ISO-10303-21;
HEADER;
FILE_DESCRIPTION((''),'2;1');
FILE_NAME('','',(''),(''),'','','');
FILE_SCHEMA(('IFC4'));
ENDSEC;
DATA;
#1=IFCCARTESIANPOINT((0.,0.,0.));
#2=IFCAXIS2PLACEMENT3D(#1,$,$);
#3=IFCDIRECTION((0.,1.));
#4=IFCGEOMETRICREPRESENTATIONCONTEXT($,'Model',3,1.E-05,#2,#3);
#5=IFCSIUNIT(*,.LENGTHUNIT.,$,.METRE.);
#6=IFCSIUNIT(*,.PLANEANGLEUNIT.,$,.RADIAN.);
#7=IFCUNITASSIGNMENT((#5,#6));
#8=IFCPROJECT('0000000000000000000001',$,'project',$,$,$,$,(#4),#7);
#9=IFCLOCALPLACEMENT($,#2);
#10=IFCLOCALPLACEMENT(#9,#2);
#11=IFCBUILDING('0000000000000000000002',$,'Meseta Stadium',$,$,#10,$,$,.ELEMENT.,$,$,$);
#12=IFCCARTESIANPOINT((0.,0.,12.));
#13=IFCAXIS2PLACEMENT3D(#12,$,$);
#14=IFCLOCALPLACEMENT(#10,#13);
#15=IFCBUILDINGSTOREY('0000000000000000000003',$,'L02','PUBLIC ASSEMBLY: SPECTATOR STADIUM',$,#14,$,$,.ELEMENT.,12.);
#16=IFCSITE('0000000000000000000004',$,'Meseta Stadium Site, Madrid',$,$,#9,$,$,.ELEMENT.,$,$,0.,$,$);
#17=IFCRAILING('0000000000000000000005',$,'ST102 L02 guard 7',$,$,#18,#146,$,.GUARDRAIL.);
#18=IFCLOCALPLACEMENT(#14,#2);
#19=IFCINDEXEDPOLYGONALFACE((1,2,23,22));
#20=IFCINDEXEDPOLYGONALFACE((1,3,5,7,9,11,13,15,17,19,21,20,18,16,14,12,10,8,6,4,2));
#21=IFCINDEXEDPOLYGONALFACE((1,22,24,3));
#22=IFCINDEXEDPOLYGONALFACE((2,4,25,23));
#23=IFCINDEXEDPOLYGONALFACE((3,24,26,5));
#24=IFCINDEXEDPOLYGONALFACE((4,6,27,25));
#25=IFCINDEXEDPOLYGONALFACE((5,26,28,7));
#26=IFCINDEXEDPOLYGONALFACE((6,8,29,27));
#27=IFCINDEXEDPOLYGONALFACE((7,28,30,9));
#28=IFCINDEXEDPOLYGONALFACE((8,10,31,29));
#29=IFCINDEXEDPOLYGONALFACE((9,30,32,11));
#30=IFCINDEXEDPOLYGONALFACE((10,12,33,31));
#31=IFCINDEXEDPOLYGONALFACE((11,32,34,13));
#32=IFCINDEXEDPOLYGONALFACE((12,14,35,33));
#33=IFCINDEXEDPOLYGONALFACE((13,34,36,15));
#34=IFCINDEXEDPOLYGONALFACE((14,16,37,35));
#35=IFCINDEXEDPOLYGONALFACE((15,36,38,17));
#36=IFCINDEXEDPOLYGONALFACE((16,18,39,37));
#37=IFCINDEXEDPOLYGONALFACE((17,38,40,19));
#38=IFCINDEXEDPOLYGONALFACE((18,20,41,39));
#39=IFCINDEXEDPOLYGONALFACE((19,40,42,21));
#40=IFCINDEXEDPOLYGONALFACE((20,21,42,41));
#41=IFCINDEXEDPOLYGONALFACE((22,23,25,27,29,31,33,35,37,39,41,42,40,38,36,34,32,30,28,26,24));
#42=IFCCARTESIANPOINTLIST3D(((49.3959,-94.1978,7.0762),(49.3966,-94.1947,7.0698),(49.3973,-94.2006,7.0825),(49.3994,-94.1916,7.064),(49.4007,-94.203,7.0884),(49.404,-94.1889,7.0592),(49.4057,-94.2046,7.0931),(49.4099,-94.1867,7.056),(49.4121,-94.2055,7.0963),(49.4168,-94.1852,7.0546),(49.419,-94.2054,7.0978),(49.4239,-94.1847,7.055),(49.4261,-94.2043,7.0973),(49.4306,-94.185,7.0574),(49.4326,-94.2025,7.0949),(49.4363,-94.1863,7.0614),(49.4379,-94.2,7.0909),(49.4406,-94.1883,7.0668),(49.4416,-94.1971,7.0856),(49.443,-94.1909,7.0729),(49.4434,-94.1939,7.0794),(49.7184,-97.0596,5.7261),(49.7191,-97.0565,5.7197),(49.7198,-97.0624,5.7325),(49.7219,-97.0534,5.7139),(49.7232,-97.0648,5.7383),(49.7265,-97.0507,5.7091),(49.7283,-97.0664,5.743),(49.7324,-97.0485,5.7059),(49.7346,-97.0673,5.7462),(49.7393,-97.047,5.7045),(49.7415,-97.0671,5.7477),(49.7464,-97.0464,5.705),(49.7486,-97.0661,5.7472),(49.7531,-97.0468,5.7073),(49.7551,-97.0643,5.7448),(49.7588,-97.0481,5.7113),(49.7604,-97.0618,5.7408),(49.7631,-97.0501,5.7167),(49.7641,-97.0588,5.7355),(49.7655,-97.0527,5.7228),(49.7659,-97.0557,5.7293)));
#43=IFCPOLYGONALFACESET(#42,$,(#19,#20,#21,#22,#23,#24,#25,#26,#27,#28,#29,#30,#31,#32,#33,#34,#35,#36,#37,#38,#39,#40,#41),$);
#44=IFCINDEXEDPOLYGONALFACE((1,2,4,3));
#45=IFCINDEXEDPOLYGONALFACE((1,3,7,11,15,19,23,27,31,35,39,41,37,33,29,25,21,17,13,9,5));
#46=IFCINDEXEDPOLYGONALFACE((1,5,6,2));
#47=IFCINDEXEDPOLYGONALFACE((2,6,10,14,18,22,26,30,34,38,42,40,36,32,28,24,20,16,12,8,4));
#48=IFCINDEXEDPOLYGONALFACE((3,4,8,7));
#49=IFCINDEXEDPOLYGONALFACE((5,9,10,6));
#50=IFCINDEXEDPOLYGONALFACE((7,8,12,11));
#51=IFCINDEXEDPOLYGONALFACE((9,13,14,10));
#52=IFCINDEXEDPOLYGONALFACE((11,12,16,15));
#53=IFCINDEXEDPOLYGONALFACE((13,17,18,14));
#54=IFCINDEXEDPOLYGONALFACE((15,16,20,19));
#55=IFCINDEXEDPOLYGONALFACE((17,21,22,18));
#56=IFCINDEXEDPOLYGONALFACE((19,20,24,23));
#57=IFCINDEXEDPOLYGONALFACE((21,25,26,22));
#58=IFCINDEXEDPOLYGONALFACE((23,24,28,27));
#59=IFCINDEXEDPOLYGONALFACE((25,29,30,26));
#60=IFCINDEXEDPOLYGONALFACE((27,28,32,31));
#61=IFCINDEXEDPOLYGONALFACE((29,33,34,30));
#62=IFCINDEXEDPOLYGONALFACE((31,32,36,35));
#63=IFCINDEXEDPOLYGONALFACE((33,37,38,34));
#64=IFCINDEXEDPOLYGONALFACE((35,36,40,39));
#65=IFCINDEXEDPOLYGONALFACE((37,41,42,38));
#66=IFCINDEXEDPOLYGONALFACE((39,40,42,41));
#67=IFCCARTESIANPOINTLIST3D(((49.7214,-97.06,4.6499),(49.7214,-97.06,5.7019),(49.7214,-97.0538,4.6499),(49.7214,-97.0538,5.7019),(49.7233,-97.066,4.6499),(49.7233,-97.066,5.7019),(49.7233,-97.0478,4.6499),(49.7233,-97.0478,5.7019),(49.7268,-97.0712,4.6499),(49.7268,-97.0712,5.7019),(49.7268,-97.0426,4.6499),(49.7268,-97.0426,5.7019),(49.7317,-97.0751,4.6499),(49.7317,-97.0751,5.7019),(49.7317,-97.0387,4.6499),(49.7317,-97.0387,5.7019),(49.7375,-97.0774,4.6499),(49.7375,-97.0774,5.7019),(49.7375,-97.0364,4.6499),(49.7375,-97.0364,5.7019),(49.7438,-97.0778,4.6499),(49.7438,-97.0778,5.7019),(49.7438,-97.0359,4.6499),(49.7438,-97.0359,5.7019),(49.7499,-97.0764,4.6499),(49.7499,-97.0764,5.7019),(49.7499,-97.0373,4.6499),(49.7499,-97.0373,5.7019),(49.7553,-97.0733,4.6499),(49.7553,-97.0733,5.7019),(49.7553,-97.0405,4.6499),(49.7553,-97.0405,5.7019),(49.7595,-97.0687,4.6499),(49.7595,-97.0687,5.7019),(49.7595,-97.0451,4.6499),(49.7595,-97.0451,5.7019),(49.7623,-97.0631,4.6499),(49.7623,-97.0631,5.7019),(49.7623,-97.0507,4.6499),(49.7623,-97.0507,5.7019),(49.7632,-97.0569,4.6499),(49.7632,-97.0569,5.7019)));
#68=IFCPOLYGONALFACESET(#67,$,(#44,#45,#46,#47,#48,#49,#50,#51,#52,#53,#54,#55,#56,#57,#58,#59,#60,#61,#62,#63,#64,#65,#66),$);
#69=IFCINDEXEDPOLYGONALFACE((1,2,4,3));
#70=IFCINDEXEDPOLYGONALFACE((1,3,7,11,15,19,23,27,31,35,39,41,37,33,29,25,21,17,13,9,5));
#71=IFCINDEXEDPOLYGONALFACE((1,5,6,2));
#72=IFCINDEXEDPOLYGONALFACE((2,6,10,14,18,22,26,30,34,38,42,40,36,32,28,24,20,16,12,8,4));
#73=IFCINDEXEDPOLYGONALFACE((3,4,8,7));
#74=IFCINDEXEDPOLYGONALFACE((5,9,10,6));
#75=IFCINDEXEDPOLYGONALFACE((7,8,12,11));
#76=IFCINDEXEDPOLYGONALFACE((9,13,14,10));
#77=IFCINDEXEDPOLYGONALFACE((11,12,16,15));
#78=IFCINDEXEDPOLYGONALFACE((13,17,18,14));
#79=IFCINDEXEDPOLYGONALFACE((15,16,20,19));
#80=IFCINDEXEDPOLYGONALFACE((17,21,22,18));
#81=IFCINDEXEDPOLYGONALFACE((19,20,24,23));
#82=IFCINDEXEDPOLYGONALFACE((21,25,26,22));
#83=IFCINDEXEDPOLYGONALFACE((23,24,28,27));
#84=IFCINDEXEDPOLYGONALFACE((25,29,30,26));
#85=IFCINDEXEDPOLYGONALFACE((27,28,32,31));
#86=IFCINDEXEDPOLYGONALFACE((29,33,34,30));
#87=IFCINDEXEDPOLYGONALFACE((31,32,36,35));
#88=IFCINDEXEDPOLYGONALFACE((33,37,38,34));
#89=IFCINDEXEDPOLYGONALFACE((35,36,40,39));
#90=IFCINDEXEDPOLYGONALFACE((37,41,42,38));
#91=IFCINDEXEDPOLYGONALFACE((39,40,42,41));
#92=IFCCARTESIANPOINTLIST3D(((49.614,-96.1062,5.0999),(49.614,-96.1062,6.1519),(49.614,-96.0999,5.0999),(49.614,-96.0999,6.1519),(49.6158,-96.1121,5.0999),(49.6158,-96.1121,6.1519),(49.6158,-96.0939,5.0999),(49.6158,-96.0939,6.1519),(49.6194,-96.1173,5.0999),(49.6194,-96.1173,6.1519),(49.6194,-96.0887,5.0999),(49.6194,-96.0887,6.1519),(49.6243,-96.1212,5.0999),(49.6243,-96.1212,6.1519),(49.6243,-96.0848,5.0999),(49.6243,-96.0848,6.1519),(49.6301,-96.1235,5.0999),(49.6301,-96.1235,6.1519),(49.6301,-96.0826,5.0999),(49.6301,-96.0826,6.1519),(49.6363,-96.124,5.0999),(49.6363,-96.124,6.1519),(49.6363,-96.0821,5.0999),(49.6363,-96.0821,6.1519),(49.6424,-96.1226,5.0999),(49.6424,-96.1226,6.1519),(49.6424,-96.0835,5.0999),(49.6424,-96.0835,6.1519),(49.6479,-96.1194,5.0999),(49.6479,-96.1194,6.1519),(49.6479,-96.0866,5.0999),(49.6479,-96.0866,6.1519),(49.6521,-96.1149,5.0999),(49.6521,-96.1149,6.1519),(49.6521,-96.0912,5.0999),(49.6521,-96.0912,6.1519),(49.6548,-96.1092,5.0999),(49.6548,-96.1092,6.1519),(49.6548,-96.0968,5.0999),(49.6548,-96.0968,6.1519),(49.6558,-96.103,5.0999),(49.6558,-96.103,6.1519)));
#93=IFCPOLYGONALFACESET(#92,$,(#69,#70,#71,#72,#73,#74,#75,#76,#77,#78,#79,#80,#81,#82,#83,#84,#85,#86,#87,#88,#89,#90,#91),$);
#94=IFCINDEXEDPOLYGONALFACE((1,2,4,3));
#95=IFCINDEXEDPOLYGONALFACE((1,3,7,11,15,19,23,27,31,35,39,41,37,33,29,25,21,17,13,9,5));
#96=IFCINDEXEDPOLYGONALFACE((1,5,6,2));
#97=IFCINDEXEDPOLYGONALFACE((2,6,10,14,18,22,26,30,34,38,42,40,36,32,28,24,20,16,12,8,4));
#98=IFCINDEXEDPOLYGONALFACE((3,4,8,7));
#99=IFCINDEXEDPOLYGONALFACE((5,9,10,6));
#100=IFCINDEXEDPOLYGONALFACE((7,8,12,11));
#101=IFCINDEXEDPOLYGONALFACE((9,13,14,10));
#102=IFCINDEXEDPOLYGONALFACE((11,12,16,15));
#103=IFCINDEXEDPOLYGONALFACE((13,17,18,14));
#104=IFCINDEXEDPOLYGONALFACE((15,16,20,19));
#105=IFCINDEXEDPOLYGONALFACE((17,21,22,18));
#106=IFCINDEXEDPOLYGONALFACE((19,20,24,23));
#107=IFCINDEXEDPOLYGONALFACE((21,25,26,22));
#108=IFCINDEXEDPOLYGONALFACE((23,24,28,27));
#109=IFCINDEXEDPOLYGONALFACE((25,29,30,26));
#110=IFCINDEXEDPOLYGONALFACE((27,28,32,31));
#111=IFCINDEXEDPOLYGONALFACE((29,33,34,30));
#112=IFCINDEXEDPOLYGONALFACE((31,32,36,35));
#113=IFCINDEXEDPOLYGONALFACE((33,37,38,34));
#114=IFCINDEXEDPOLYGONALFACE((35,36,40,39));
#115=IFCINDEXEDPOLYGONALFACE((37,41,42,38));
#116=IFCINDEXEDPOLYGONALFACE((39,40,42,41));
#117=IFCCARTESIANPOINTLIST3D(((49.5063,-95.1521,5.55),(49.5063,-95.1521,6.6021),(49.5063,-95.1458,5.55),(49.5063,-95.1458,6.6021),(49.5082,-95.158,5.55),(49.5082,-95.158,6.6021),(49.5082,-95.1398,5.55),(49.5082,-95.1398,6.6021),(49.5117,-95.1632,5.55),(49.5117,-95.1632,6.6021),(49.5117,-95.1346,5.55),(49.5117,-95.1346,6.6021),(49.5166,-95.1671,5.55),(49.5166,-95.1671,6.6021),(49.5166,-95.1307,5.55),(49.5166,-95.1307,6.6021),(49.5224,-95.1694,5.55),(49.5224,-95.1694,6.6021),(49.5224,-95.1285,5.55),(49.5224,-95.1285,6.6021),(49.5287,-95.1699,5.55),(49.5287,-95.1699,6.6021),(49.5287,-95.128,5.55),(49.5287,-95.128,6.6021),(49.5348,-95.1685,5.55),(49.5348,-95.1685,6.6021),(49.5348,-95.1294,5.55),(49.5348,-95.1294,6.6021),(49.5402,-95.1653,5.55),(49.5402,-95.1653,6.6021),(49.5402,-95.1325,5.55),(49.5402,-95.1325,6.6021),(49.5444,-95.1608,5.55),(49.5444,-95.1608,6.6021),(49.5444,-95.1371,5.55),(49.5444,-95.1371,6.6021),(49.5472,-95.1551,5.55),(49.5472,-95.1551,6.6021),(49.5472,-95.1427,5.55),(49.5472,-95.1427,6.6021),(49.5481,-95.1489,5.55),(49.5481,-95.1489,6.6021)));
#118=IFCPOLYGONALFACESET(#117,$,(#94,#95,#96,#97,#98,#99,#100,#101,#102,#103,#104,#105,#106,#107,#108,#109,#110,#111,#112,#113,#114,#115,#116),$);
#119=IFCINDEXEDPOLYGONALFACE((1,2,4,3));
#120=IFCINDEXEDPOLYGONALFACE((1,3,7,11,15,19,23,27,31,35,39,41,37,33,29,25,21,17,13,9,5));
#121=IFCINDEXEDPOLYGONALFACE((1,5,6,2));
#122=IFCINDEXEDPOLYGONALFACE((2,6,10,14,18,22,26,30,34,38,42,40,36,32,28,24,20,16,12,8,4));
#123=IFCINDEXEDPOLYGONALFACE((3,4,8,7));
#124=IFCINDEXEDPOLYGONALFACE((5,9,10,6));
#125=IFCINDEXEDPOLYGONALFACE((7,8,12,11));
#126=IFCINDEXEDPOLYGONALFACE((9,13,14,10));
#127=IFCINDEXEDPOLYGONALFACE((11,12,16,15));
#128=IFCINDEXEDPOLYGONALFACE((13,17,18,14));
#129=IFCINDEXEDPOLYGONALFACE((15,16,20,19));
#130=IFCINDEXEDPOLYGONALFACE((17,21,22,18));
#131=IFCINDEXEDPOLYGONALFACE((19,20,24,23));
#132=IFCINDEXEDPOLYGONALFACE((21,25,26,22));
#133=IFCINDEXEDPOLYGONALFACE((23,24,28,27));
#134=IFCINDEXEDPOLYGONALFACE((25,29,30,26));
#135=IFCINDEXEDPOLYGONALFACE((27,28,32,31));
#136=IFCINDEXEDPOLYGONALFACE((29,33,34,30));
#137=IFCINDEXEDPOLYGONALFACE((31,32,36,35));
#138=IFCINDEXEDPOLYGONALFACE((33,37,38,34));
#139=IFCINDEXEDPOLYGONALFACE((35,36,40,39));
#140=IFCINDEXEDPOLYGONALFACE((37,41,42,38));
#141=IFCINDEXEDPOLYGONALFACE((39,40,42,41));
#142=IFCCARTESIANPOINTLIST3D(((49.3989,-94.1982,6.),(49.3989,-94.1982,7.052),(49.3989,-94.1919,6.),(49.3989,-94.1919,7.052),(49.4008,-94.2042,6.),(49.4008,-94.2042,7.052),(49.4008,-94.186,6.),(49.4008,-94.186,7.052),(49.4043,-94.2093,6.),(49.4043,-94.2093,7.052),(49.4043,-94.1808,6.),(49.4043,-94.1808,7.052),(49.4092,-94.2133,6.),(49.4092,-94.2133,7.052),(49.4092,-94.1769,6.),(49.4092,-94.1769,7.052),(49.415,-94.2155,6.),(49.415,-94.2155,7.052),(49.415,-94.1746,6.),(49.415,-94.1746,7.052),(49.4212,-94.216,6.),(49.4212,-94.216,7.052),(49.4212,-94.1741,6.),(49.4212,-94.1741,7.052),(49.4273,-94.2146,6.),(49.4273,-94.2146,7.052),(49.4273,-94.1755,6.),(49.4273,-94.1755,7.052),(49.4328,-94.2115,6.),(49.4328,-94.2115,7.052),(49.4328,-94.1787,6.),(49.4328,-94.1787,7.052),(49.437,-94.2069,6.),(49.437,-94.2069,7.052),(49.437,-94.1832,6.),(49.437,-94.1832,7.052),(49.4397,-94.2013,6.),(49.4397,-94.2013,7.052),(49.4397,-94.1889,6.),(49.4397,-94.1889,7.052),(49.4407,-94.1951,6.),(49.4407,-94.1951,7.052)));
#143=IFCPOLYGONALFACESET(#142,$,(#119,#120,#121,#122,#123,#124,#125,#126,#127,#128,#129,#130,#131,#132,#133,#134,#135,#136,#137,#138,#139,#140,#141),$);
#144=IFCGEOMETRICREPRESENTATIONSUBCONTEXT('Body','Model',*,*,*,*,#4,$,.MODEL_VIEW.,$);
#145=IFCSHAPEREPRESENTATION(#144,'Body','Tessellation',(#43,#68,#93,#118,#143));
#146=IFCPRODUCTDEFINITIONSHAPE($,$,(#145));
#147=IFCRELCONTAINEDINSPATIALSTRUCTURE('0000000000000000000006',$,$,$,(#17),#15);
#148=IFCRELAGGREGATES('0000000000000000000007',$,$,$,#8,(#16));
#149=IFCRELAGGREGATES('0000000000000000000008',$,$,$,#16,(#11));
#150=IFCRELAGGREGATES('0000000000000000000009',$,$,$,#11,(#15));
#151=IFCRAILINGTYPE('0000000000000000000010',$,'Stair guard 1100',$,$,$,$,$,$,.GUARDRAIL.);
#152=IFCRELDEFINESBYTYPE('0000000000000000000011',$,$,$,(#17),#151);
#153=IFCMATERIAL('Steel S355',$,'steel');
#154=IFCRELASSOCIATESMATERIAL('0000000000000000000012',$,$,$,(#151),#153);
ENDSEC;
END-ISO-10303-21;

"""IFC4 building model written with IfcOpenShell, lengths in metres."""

from ifc_helpers import new_model, si_unit, direction, frame, origin, origin_2d, place, context, subcontext, project, spatial, circle, extrude, material, type_object, element, save


model = new_model("IFC4")

# Units and contexts
model_context = context("Model", 3, precision=1e-05, world=origin(), true_north=direction((0.0, 1.0)))
body_context = subcontext(model_context, "Body", "Model", "MODEL_VIEW")
ifc_project = project(units=[si_unit("LENGTHUNIT", "METRE"), si_unit("PLANEANGLEUNIT", "RADIAN")], contexts=[model_context])

# Site, building, storey
site_placement = place(None, origin())
site = spatial("IfcSite", under=ifc_project, at=site_placement, Name="Meseta Stadium Site, Madrid", CompositionType="ELEMENT", RefElevation=0.0)
building_placement = place(site_placement, origin())
building = spatial("IfcBuilding", under=site, at=building_placement, Name="Meseta Stadium", CompositionType="ELEMENT")
storey_placement = place(building_placement, frame((0.0, 0.0, 12.0)))
storey = spatial("IfcBuildingStorey", under=building, at=storey_placement, Name="L02", Description="PUBLIC ASSEMBLY: SPECTATOR STADIUM", CompositionType="ELEMENT", Elevation=12.0)

# Railing
ifc_material_1 = material(Name="Steel S355", Category="steel")
railing_type_1 = type_object("IfcRailingType", Name="Stair guard 1100", PredefinedType="GUARDRAIL", material=ifc_material_1)
railing_1_placement = place(storey_placement, frame((49.7422, -97.0569, 4.6499)))
element("IfcRailing", 1, at=railing_1_placement, inside=storey, type_object=railing_type_1, Name="ST102 L02 guard 7", PredefinedType="GUARDRAIL", context=body_context, shape_type="SweptSolid", body=[
    extrude(circle(Radius=0.0239, at=origin_2d()), frame((0.0, 0.0, 1.0762), z_axis=(-0.101396, 0.899748, 0.424467), x_axis=(-0.99371, -0.111985, 0.0)), (0.0, 0.0, 1.0), 3.1807),
    extrude(circle(Radius=0.021, at=origin_2d()), origin(), (0.0, 0.0, 1.0), 1.052),
    extrude(circle(Radius=0.021, at=origin_2d()), frame((-0.1074, 0.9539, 0.45)), (0.0, 0.0, 1.0), 1.052),
    extrude(circle(Radius=0.021, at=origin_2d()), frame((-0.2151, 1.908, 0.9001)), (0.0, 0.0, 1.0), 1.052),
    extrude(circle(Radius=0.021, at=origin_2d()), frame((-0.3225, 2.8618, 1.3501)), (0.0, 0.0, 1.0), 1.052),
])

save(model, "model.ifc")
